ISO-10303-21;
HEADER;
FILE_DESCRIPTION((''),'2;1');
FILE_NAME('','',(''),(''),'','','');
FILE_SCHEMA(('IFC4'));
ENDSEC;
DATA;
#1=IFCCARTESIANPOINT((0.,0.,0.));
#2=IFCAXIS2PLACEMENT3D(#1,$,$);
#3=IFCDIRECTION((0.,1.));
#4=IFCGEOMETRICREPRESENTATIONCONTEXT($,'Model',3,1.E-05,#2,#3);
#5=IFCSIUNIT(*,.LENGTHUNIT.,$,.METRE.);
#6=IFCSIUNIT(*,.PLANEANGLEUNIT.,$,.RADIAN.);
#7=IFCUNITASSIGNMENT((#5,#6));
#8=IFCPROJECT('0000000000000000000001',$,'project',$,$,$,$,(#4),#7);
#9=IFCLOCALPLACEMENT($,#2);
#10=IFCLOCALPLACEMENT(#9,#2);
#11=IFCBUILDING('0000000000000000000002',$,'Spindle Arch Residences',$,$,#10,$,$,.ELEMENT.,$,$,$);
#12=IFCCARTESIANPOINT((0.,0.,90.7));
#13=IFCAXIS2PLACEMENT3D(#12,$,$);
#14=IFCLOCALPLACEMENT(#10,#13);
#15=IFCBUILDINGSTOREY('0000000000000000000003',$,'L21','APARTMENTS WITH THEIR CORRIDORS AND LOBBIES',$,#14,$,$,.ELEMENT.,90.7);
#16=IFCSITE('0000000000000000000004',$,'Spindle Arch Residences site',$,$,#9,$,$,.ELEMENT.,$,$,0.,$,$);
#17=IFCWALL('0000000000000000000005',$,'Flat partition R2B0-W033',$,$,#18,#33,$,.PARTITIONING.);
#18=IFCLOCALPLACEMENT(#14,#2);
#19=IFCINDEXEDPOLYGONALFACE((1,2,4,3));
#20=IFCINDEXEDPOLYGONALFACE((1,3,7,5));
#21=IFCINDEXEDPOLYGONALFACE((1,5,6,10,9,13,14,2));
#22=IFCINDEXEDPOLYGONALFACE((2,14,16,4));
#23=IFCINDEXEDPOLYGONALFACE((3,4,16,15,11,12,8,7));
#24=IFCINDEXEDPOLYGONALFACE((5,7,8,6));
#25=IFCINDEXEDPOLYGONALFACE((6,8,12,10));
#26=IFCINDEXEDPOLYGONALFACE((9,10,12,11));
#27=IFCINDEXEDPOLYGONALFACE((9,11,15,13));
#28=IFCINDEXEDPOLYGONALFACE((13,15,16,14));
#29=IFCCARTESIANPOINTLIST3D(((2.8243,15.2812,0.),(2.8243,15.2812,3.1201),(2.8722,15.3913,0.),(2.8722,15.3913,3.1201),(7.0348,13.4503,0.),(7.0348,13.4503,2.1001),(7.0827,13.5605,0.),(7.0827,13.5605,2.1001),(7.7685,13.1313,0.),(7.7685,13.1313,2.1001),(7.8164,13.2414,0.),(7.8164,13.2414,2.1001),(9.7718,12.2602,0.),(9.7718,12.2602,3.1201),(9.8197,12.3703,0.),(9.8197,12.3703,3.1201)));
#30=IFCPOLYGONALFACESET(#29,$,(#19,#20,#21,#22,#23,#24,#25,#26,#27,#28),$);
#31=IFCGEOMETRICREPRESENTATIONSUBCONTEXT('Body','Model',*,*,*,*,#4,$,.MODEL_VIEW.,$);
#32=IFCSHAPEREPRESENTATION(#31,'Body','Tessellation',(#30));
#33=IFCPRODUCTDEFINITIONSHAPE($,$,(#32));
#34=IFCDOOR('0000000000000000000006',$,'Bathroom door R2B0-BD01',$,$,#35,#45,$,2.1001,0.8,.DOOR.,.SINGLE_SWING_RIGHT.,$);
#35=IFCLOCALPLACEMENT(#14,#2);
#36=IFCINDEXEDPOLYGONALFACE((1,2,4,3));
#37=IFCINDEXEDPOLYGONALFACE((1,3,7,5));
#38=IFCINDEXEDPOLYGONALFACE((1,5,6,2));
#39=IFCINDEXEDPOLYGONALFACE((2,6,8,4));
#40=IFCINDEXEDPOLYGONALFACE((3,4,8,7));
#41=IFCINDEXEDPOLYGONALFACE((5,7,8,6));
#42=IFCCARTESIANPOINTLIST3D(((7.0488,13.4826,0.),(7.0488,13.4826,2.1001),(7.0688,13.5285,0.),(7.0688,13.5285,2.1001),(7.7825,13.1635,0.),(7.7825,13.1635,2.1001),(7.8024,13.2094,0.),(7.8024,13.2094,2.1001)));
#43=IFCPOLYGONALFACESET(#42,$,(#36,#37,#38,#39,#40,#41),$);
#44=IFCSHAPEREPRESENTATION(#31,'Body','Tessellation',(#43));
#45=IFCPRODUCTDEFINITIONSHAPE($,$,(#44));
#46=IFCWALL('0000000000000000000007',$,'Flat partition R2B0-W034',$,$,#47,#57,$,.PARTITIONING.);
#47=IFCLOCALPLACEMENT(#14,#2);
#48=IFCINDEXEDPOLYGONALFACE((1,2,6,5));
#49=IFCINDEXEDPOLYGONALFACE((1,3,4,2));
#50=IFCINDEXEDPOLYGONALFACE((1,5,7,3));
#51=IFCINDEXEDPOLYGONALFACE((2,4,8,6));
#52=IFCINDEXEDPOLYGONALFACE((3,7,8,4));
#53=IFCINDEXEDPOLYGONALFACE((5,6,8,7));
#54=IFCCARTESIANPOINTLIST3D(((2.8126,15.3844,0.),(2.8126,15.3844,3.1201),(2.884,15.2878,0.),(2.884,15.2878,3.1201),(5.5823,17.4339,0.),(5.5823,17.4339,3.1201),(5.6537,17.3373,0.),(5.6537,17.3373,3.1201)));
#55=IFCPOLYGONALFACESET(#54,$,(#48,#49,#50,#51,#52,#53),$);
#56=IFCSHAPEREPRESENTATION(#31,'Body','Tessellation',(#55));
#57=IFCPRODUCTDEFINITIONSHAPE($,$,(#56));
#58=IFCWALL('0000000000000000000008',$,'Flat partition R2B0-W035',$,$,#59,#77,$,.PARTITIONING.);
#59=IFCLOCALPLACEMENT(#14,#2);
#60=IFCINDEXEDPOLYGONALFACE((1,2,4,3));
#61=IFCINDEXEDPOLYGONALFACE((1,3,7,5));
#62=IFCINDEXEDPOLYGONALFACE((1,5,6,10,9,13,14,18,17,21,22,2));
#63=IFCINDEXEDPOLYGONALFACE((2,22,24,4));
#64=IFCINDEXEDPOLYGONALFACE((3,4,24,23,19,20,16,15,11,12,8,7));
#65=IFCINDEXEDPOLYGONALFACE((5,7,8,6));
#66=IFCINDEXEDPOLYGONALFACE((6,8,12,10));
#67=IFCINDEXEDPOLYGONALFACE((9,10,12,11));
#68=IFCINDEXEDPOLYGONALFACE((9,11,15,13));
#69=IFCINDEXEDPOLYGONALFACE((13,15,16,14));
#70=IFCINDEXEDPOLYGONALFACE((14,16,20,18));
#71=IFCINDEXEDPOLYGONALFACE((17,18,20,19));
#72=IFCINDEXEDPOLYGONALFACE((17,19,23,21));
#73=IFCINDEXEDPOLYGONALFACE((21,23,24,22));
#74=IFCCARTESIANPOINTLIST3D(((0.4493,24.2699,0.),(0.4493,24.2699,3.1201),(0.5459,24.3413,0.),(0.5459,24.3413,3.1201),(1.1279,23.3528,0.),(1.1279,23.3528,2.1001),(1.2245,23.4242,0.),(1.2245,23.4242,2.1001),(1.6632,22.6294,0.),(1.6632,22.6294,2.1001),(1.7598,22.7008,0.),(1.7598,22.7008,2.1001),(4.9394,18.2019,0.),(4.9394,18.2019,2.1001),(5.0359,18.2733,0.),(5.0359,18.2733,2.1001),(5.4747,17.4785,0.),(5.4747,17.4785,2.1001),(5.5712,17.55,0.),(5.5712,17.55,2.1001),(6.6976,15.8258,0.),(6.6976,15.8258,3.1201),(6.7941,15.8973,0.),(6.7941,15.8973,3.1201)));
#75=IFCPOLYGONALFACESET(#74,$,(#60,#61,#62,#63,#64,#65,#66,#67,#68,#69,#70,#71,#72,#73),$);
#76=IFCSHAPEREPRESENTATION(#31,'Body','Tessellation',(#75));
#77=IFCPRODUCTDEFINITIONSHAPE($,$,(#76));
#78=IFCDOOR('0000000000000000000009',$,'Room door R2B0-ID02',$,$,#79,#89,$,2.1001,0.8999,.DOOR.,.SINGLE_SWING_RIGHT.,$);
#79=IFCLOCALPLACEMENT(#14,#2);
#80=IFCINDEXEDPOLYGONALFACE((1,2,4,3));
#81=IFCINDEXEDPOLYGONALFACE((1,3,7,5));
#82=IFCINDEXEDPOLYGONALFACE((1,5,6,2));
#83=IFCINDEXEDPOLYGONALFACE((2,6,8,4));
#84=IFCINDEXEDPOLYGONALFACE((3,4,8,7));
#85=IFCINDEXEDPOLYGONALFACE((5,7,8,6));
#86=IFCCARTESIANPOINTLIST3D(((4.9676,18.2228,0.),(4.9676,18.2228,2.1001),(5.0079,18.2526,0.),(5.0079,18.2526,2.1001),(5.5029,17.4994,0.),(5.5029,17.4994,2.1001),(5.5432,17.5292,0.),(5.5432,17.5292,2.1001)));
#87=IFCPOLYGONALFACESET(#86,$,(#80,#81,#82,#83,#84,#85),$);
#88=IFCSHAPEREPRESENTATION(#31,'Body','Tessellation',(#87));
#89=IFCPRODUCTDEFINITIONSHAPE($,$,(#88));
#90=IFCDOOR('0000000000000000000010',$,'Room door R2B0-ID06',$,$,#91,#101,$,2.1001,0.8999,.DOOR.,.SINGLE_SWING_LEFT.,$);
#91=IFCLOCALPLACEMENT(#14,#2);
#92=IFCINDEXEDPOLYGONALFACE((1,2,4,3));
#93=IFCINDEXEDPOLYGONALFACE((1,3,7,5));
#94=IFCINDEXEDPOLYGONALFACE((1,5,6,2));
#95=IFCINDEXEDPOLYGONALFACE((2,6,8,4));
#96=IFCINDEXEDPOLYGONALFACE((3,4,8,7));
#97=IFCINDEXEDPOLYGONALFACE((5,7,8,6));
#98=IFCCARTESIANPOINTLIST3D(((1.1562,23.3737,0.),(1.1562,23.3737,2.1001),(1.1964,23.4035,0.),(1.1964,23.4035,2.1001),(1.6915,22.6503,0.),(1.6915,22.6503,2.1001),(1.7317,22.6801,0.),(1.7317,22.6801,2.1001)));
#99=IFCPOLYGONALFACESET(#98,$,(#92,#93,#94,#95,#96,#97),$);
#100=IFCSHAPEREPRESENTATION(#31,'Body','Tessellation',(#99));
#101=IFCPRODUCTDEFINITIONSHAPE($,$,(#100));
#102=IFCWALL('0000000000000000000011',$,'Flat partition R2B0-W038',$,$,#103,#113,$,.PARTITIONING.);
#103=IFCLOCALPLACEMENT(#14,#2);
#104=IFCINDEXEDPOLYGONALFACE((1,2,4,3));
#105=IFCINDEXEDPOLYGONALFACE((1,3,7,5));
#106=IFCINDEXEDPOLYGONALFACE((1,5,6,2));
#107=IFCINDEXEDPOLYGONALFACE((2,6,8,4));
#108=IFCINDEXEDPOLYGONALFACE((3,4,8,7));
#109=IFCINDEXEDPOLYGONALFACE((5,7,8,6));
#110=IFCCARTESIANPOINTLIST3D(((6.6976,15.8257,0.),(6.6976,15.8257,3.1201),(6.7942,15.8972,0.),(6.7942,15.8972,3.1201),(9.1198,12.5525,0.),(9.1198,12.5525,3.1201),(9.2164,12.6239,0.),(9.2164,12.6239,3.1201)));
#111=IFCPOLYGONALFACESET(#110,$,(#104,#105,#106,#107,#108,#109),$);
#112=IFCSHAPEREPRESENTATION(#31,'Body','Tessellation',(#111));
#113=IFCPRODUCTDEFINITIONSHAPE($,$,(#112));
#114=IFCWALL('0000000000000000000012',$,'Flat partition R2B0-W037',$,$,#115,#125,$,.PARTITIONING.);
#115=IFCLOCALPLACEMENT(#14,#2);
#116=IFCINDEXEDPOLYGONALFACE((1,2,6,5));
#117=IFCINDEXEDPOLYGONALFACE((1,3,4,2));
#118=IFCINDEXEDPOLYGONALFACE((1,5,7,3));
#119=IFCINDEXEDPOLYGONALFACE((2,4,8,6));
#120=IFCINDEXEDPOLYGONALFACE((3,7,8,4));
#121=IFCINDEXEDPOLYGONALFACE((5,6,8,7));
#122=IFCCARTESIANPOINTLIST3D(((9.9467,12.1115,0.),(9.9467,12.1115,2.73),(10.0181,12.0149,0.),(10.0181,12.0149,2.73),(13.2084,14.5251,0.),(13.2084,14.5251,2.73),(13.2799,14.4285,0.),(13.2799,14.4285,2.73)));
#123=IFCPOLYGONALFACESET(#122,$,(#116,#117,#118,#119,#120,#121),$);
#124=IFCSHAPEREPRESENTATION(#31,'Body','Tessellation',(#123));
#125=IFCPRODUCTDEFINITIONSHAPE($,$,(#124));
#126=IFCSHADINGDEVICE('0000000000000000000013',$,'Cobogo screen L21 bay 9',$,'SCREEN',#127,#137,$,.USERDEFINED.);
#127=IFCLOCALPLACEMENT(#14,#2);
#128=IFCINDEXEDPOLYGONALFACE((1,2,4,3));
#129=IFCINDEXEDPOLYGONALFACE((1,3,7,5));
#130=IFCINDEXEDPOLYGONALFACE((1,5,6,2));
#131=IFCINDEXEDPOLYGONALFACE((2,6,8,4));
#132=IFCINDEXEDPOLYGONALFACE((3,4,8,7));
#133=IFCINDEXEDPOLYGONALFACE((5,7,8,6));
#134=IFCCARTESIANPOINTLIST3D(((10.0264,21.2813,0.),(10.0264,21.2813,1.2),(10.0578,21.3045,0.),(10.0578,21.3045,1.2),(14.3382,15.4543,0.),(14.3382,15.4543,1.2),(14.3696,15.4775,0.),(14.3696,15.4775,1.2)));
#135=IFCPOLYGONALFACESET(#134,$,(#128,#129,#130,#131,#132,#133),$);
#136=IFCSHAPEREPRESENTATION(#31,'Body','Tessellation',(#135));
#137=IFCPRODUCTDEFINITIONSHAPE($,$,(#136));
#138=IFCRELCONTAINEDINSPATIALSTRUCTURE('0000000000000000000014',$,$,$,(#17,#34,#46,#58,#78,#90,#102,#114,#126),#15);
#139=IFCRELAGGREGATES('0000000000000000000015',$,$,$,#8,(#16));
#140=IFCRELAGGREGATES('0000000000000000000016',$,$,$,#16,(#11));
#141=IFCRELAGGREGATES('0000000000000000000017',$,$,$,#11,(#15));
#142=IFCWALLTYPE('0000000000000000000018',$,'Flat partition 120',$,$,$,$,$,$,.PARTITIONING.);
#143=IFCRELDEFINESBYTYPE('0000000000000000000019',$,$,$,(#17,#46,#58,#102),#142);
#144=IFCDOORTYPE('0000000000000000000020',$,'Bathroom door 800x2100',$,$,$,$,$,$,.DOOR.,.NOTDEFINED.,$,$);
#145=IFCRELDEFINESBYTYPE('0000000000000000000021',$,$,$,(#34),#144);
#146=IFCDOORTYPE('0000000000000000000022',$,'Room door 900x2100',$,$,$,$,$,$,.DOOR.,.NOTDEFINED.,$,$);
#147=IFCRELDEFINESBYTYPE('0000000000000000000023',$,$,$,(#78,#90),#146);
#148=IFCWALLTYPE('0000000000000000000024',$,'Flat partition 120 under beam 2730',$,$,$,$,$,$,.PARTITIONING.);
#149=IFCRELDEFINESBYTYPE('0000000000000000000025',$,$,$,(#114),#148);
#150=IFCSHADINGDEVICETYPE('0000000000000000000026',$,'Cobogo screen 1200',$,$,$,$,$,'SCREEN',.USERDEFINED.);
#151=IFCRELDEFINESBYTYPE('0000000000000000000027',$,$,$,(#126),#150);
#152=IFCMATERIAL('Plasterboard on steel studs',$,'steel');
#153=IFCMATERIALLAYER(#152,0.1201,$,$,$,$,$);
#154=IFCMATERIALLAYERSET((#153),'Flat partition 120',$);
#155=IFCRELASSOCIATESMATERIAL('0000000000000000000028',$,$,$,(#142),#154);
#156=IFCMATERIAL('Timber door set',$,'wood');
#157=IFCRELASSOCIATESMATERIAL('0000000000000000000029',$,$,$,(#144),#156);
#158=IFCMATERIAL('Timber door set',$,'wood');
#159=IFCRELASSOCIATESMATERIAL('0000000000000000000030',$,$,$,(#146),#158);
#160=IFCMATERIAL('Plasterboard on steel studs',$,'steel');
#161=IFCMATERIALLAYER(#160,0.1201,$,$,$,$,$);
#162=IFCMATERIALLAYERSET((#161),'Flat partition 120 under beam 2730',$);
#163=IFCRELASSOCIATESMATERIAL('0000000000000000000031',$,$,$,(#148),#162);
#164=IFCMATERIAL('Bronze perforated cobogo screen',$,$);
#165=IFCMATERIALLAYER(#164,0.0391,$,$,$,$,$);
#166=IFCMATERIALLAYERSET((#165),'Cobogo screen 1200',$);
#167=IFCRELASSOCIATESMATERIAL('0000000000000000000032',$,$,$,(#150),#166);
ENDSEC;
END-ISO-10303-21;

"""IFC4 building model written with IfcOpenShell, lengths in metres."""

from ifc_helpers import new_model, si_unit, direction, frame, frame_2d, origin, origin_2d, place, context, subcontext, project, spatial, rectangle, extrude, material, layer, layer_set, type_object, element, fill, save


model = new_model("IFC4")

# Units and contexts
model_context = context("Model", 3, precision=1e-05, world=origin(), true_north=direction((0.0, 1.0)))
body_context = subcontext(model_context, "Body", "Model", "MODEL_VIEW")
ifc_project = project(units=[si_unit("LENGTHUNIT", "METRE"), si_unit("PLANEANGLEUNIT", "RADIAN")], contexts=[model_context])

# Site, building, storey
site_placement = place(None, origin())
site = spatial("IfcSite", under=ifc_project, at=site_placement, Name="Spindle Arch Residences site", CompositionType="ELEMENT", RefElevation=0.0)
building_placement = place(site_placement, origin())
building = spatial("IfcBuilding", under=site, at=building_placement, Name="Spindle Arch Residences", CompositionType="ELEMENT")
storey_placement = place(building_placement, frame((0.0, 0.0, 90.7)))
storey = spatial("IfcBuildingStorey", under=building, at=storey_placement, Name="L21", Description="APARTMENTS WITH THEIR CORRIDORS AND LOBBIES", CompositionType="ELEMENT", Elevation=90.7)

# Shared definitions
ifc_material_1 = material(Name="Plasterboard on steel studs", Category="steel")
ifc_layer_1 = layer(ifc_material_1, 0.1201)
ifc_layer_set_1 = layer_set([ifc_layer_1], Name="Flat partition 120")
wall_type_1 = type_object("IfcWallType", Name="Flat partition 120", PredefinedType="PARTITIONING", material=ifc_layer_set_1)

# Wall, opening, door
wall_1_placement = place(storey_placement, frame((9.7959, 12.3152, 0.0), z_axis=(0.0, 0.0, 1.0), x_axis=(-0.917054, 0.398764, 0.0)))
wall_1 = element("IfcWall", 1, at=wall_1_placement, inside=storey, type_object=wall_type_1, Name="Flat partition R2B0-W033", PredefinedType="PARTITIONING", context=body_context, shape_type="SweptSolid", body=[
    extrude(rectangle(XDim=7.5759, YDim=0.1201, at=frame_2d((3.7881, 0.0))), origin(), (0.0, 0.0, 1.0), 3.1201),
])
opening_1_placement = place(wall_1_placement, frame((2.1848, 0.0, 0.0)))
opening_1 = element("IfcOpeningElement", 2, at=opening_1_placement, cuts=wall_1, PredefinedType="OPENING", context=body_context, shape_type="SweptSolid", body=[
    extrude(rectangle(XDim=0.8, YDim=2.1001, at=frame_2d((0.3999, 1.05))), frame((0.0, 0.0701, 0.0), z_axis=(0.0, -1.0, 0.0), x_axis=(1.0, 0.0, 0.0)), (0.0, 0.0, 1.0), 0.1401),
])
ifc_material_2 = material(Name="Timber door set", Category="wood")
door_type_1 = type_object("IfcDoorType", Name="Bathroom door 800x2100", OperationType="NOTDEFINED", PredefinedType="DOOR", material=ifc_material_2)
door_1_placement = place(opening_1_placement, origin())
door_1 = element("IfcDoor", 3, at=door_1_placement, inside=storey, type_object=door_type_1, Name="Bathroom door R2B0-BD01", OperationType="SINGLE_SWING_RIGHT", OverallHeight=2.1001, OverallWidth=0.8, PredefinedType="DOOR", context=body_context, shape_type="SweptSolid", body=[
    extrude(rectangle(XDim=0.8, YDim=2.1001, at=frame_2d((0.3999, 1.05))), frame((0.0, 0.0249, 0.0), z_axis=(0.0, -1.0, 0.0), x_axis=(1.0, 0.0, 0.0)), (0.0, 0.0, 1.0), 0.05),
])
fill(opening_1, door_1)

# Wall
wall_2_placement = place(storey_placement, frame((2.8484, 15.3362, 0.0), z_axis=(0.0, 0.0, 1.0), x_axis=(0.803852, 0.594829, 0.0)))
element("IfcWall", 4, at=wall_2_placement, inside=storey, type_object=wall_type_1, Name="Flat partition R2B0-W034", PredefinedType="PARTITIONING", context=body_context, shape_type="SweptSolid", body=[
    extrude(rectangle(XDim=3.4456, YDim=0.1201, at=frame_2d((1.7227, 0.0))), origin(), (0.0, 0.0, 1.0), 3.1201),
])

# Wall, openings, doors
wall_3_placement = place(storey_placement, frame((6.7458, 15.8616, 0.0), z_axis=(0.0, 0.0, 1.0), x_axis=(-0.594822, 0.803857, 0.0)))
wall_3 = element("IfcWall", 5, at=wall_3_placement, inside=storey, type_object=wall_type_1, Name="Flat partition R2B0-W035", PredefinedType="PARTITIONING", context=body_context, shape_type="SweptSolid", body=[
    extrude(rectangle(XDim=10.5044, YDim=0.1201, at=frame_2d((5.2522, 0.0))), origin(), (0.0, 0.0, 1.0), 3.1201),
])
opening_2_placement = place(wall_3_placement, frame((2.0559, 0.0, 0.0)))
opening_2 = element("IfcOpeningElement", 6, at=opening_2_placement, cuts=wall_3, PredefinedType="OPENING", context=body_context, shape_type="SweptSolid", body=[
    extrude(rectangle(XDim=0.8999, YDim=2.1001, at=frame_2d((0.45, 1.05))), frame((0.0, 0.0701, 0.0), z_axis=(0.0, -1.0, 0.0), x_axis=(1.0, 0.0, 0.0)), (0.0, 0.0, 1.0), 0.1401),
])
opening_3_placement = place(wall_3_placement, frame((8.4636, 0.0, 0.0)))
opening_3 = element("IfcOpeningElement", 7, at=opening_3_placement, cuts=wall_3, PredefinedType="OPENING", context=body_context, shape_type="SweptSolid", body=[
    extrude(rectangle(XDim=0.8999, YDim=2.1001, at=frame_2d((0.45, 1.05))), frame((0.0, 0.0701, 0.0), z_axis=(0.0, -1.0, 0.0), x_axis=(1.0, 0.0, 0.0)), (0.0, 0.0, 1.0), 0.1401),
])
ifc_material_3 = material(Name="Timber door set", Category="wood")
door_type_2 = type_object("IfcDoorType", Name="Room door 900x2100", OperationType="NOTDEFINED", PredefinedType="DOOR", material=ifc_material_3)
door_2_placement = place(opening_2_placement, origin())
door_2 = element("IfcDoor", 8, at=door_2_placement, inside=storey, type_object=door_type_2, Name="Room door R2B0-ID02", OperationType="SINGLE_SWING_RIGHT", OverallHeight=2.1001, OverallWidth=0.8999, PredefinedType="DOOR", context=body_context, shape_type="SweptSolid", body=[
    extrude(rectangle(XDim=0.8999, YDim=2.1001, at=frame_2d((0.45, 1.05))), frame((0.0, 0.0249, 0.0), z_axis=(0.0, -1.0, 0.0), x_axis=(1.0, 0.0, 0.0)), (0.0, 0.0, 1.0), 0.05),
])
fill(opening_2, door_2)
door_3_placement = place(opening_3_placement, origin())
door_3 = element("IfcDoor", 9, at=door_3_placement, inside=storey, type_object=door_type_2, Name="Room door R2B0-ID06", OperationType="SINGLE_SWING_LEFT", OverallHeight=2.1001, OverallWidth=0.8999, PredefinedType="DOOR", context=body_context, shape_type="SweptSolid", body=[
    extrude(rectangle(XDim=0.8999, YDim=2.1001, at=frame_2d((0.45, 1.05))), frame((0.0, 0.0249, 0.0), z_axis=(0.0, -1.0, 0.0), x_axis=(1.0, 0.0, 0.0)), (0.0, 0.0, 1.0), 0.05),
])
fill(opening_3, door_3)

# Walls
wall_4_placement = place(storey_placement, frame((6.7458, 15.8616, 0.0), z_axis=(0.0, 0.0, 1.0), x_axis=(0.594836, -0.803847, 0.0)))
element("IfcWall", 10, at=wall_4_placement, inside=storey, type_object=wall_type_1, Name="Flat partition R2B0-W038", PredefinedType="PARTITIONING", context=body_context, shape_type="SweptSolid", body=[
    extrude(rectangle(XDim=4.072, YDim=0.1201, at=frame_2d((2.0361, 0.0))), origin(), (0.0, 0.0, 1.0), 3.1201),
])
ifc_material_4 = material(Name="Plasterboard on steel studs", Category="steel")
ifc_layer_2 = layer(ifc_material_4, 0.1201)
ifc_layer_set_2 = layer_set([ifc_layer_2], Name="Flat partition 120 under beam 2730")
wall_type_2 = type_object("IfcWallType", Name="Flat partition 120 under beam 2730", PredefinedType="PARTITIONING", material=ifc_layer_set_2)
wall_5_placement = place(storey_placement, frame((13.2441, 14.4768, 0.0), z_axis=(0.0, 0.0, 1.0), x_axis=(-0.803853, -0.594827, 0.0)))
element("IfcWall", 11, at=wall_5_placement, inside=storey, type_object=wall_type_2, Name="Flat partition R2B0-W037", PredefinedType="PARTITIONING", context=body_context, shape_type="SweptSolid", body=[
    extrude(rectangle(XDim=4.0576, YDim=0.1201, at=frame_2d((2.0288, 0.0))), origin(), (0.0, 0.0, 1.0), 2.73),
])

# Shading device
ifc_material_5 = material(Name="Bronze perforated cobogo screen")
ifc_layer_3 = layer(ifc_material_5, 0.0391)
ifc_layer_set_3 = layer_set([ifc_layer_3], Name="Cobogo screen 1200")
shading_device_type = type_object("IfcShadingDeviceType", Name="Cobogo screen 1200", ElementType="SCREEN", PredefinedType="USERDEFINED", material=ifc_layer_set_3)
shading_device_placement = place(storey_placement, frame((12.198, 18.3794, 0.0), z_axis=(0.0, 0.0, 1.0), x_axis=(-0.594823, 0.803857, 0.0)))
element("IfcShadingDevice", 12, at=shading_device_placement, inside=storey, type_object=shading_device_type, Name="Cobogo screen L21 bay 9", ObjectType="SCREEN", PredefinedType="USERDEFINED", context=body_context, shape_type="SweptSolid", body=[
    extrude(rectangle(XDim=7.2488, YDim=0.0391, at=origin_2d()), origin(), (0.0, 0.0, 1.0), 1.2),
])

save(model, "model.ifc")
